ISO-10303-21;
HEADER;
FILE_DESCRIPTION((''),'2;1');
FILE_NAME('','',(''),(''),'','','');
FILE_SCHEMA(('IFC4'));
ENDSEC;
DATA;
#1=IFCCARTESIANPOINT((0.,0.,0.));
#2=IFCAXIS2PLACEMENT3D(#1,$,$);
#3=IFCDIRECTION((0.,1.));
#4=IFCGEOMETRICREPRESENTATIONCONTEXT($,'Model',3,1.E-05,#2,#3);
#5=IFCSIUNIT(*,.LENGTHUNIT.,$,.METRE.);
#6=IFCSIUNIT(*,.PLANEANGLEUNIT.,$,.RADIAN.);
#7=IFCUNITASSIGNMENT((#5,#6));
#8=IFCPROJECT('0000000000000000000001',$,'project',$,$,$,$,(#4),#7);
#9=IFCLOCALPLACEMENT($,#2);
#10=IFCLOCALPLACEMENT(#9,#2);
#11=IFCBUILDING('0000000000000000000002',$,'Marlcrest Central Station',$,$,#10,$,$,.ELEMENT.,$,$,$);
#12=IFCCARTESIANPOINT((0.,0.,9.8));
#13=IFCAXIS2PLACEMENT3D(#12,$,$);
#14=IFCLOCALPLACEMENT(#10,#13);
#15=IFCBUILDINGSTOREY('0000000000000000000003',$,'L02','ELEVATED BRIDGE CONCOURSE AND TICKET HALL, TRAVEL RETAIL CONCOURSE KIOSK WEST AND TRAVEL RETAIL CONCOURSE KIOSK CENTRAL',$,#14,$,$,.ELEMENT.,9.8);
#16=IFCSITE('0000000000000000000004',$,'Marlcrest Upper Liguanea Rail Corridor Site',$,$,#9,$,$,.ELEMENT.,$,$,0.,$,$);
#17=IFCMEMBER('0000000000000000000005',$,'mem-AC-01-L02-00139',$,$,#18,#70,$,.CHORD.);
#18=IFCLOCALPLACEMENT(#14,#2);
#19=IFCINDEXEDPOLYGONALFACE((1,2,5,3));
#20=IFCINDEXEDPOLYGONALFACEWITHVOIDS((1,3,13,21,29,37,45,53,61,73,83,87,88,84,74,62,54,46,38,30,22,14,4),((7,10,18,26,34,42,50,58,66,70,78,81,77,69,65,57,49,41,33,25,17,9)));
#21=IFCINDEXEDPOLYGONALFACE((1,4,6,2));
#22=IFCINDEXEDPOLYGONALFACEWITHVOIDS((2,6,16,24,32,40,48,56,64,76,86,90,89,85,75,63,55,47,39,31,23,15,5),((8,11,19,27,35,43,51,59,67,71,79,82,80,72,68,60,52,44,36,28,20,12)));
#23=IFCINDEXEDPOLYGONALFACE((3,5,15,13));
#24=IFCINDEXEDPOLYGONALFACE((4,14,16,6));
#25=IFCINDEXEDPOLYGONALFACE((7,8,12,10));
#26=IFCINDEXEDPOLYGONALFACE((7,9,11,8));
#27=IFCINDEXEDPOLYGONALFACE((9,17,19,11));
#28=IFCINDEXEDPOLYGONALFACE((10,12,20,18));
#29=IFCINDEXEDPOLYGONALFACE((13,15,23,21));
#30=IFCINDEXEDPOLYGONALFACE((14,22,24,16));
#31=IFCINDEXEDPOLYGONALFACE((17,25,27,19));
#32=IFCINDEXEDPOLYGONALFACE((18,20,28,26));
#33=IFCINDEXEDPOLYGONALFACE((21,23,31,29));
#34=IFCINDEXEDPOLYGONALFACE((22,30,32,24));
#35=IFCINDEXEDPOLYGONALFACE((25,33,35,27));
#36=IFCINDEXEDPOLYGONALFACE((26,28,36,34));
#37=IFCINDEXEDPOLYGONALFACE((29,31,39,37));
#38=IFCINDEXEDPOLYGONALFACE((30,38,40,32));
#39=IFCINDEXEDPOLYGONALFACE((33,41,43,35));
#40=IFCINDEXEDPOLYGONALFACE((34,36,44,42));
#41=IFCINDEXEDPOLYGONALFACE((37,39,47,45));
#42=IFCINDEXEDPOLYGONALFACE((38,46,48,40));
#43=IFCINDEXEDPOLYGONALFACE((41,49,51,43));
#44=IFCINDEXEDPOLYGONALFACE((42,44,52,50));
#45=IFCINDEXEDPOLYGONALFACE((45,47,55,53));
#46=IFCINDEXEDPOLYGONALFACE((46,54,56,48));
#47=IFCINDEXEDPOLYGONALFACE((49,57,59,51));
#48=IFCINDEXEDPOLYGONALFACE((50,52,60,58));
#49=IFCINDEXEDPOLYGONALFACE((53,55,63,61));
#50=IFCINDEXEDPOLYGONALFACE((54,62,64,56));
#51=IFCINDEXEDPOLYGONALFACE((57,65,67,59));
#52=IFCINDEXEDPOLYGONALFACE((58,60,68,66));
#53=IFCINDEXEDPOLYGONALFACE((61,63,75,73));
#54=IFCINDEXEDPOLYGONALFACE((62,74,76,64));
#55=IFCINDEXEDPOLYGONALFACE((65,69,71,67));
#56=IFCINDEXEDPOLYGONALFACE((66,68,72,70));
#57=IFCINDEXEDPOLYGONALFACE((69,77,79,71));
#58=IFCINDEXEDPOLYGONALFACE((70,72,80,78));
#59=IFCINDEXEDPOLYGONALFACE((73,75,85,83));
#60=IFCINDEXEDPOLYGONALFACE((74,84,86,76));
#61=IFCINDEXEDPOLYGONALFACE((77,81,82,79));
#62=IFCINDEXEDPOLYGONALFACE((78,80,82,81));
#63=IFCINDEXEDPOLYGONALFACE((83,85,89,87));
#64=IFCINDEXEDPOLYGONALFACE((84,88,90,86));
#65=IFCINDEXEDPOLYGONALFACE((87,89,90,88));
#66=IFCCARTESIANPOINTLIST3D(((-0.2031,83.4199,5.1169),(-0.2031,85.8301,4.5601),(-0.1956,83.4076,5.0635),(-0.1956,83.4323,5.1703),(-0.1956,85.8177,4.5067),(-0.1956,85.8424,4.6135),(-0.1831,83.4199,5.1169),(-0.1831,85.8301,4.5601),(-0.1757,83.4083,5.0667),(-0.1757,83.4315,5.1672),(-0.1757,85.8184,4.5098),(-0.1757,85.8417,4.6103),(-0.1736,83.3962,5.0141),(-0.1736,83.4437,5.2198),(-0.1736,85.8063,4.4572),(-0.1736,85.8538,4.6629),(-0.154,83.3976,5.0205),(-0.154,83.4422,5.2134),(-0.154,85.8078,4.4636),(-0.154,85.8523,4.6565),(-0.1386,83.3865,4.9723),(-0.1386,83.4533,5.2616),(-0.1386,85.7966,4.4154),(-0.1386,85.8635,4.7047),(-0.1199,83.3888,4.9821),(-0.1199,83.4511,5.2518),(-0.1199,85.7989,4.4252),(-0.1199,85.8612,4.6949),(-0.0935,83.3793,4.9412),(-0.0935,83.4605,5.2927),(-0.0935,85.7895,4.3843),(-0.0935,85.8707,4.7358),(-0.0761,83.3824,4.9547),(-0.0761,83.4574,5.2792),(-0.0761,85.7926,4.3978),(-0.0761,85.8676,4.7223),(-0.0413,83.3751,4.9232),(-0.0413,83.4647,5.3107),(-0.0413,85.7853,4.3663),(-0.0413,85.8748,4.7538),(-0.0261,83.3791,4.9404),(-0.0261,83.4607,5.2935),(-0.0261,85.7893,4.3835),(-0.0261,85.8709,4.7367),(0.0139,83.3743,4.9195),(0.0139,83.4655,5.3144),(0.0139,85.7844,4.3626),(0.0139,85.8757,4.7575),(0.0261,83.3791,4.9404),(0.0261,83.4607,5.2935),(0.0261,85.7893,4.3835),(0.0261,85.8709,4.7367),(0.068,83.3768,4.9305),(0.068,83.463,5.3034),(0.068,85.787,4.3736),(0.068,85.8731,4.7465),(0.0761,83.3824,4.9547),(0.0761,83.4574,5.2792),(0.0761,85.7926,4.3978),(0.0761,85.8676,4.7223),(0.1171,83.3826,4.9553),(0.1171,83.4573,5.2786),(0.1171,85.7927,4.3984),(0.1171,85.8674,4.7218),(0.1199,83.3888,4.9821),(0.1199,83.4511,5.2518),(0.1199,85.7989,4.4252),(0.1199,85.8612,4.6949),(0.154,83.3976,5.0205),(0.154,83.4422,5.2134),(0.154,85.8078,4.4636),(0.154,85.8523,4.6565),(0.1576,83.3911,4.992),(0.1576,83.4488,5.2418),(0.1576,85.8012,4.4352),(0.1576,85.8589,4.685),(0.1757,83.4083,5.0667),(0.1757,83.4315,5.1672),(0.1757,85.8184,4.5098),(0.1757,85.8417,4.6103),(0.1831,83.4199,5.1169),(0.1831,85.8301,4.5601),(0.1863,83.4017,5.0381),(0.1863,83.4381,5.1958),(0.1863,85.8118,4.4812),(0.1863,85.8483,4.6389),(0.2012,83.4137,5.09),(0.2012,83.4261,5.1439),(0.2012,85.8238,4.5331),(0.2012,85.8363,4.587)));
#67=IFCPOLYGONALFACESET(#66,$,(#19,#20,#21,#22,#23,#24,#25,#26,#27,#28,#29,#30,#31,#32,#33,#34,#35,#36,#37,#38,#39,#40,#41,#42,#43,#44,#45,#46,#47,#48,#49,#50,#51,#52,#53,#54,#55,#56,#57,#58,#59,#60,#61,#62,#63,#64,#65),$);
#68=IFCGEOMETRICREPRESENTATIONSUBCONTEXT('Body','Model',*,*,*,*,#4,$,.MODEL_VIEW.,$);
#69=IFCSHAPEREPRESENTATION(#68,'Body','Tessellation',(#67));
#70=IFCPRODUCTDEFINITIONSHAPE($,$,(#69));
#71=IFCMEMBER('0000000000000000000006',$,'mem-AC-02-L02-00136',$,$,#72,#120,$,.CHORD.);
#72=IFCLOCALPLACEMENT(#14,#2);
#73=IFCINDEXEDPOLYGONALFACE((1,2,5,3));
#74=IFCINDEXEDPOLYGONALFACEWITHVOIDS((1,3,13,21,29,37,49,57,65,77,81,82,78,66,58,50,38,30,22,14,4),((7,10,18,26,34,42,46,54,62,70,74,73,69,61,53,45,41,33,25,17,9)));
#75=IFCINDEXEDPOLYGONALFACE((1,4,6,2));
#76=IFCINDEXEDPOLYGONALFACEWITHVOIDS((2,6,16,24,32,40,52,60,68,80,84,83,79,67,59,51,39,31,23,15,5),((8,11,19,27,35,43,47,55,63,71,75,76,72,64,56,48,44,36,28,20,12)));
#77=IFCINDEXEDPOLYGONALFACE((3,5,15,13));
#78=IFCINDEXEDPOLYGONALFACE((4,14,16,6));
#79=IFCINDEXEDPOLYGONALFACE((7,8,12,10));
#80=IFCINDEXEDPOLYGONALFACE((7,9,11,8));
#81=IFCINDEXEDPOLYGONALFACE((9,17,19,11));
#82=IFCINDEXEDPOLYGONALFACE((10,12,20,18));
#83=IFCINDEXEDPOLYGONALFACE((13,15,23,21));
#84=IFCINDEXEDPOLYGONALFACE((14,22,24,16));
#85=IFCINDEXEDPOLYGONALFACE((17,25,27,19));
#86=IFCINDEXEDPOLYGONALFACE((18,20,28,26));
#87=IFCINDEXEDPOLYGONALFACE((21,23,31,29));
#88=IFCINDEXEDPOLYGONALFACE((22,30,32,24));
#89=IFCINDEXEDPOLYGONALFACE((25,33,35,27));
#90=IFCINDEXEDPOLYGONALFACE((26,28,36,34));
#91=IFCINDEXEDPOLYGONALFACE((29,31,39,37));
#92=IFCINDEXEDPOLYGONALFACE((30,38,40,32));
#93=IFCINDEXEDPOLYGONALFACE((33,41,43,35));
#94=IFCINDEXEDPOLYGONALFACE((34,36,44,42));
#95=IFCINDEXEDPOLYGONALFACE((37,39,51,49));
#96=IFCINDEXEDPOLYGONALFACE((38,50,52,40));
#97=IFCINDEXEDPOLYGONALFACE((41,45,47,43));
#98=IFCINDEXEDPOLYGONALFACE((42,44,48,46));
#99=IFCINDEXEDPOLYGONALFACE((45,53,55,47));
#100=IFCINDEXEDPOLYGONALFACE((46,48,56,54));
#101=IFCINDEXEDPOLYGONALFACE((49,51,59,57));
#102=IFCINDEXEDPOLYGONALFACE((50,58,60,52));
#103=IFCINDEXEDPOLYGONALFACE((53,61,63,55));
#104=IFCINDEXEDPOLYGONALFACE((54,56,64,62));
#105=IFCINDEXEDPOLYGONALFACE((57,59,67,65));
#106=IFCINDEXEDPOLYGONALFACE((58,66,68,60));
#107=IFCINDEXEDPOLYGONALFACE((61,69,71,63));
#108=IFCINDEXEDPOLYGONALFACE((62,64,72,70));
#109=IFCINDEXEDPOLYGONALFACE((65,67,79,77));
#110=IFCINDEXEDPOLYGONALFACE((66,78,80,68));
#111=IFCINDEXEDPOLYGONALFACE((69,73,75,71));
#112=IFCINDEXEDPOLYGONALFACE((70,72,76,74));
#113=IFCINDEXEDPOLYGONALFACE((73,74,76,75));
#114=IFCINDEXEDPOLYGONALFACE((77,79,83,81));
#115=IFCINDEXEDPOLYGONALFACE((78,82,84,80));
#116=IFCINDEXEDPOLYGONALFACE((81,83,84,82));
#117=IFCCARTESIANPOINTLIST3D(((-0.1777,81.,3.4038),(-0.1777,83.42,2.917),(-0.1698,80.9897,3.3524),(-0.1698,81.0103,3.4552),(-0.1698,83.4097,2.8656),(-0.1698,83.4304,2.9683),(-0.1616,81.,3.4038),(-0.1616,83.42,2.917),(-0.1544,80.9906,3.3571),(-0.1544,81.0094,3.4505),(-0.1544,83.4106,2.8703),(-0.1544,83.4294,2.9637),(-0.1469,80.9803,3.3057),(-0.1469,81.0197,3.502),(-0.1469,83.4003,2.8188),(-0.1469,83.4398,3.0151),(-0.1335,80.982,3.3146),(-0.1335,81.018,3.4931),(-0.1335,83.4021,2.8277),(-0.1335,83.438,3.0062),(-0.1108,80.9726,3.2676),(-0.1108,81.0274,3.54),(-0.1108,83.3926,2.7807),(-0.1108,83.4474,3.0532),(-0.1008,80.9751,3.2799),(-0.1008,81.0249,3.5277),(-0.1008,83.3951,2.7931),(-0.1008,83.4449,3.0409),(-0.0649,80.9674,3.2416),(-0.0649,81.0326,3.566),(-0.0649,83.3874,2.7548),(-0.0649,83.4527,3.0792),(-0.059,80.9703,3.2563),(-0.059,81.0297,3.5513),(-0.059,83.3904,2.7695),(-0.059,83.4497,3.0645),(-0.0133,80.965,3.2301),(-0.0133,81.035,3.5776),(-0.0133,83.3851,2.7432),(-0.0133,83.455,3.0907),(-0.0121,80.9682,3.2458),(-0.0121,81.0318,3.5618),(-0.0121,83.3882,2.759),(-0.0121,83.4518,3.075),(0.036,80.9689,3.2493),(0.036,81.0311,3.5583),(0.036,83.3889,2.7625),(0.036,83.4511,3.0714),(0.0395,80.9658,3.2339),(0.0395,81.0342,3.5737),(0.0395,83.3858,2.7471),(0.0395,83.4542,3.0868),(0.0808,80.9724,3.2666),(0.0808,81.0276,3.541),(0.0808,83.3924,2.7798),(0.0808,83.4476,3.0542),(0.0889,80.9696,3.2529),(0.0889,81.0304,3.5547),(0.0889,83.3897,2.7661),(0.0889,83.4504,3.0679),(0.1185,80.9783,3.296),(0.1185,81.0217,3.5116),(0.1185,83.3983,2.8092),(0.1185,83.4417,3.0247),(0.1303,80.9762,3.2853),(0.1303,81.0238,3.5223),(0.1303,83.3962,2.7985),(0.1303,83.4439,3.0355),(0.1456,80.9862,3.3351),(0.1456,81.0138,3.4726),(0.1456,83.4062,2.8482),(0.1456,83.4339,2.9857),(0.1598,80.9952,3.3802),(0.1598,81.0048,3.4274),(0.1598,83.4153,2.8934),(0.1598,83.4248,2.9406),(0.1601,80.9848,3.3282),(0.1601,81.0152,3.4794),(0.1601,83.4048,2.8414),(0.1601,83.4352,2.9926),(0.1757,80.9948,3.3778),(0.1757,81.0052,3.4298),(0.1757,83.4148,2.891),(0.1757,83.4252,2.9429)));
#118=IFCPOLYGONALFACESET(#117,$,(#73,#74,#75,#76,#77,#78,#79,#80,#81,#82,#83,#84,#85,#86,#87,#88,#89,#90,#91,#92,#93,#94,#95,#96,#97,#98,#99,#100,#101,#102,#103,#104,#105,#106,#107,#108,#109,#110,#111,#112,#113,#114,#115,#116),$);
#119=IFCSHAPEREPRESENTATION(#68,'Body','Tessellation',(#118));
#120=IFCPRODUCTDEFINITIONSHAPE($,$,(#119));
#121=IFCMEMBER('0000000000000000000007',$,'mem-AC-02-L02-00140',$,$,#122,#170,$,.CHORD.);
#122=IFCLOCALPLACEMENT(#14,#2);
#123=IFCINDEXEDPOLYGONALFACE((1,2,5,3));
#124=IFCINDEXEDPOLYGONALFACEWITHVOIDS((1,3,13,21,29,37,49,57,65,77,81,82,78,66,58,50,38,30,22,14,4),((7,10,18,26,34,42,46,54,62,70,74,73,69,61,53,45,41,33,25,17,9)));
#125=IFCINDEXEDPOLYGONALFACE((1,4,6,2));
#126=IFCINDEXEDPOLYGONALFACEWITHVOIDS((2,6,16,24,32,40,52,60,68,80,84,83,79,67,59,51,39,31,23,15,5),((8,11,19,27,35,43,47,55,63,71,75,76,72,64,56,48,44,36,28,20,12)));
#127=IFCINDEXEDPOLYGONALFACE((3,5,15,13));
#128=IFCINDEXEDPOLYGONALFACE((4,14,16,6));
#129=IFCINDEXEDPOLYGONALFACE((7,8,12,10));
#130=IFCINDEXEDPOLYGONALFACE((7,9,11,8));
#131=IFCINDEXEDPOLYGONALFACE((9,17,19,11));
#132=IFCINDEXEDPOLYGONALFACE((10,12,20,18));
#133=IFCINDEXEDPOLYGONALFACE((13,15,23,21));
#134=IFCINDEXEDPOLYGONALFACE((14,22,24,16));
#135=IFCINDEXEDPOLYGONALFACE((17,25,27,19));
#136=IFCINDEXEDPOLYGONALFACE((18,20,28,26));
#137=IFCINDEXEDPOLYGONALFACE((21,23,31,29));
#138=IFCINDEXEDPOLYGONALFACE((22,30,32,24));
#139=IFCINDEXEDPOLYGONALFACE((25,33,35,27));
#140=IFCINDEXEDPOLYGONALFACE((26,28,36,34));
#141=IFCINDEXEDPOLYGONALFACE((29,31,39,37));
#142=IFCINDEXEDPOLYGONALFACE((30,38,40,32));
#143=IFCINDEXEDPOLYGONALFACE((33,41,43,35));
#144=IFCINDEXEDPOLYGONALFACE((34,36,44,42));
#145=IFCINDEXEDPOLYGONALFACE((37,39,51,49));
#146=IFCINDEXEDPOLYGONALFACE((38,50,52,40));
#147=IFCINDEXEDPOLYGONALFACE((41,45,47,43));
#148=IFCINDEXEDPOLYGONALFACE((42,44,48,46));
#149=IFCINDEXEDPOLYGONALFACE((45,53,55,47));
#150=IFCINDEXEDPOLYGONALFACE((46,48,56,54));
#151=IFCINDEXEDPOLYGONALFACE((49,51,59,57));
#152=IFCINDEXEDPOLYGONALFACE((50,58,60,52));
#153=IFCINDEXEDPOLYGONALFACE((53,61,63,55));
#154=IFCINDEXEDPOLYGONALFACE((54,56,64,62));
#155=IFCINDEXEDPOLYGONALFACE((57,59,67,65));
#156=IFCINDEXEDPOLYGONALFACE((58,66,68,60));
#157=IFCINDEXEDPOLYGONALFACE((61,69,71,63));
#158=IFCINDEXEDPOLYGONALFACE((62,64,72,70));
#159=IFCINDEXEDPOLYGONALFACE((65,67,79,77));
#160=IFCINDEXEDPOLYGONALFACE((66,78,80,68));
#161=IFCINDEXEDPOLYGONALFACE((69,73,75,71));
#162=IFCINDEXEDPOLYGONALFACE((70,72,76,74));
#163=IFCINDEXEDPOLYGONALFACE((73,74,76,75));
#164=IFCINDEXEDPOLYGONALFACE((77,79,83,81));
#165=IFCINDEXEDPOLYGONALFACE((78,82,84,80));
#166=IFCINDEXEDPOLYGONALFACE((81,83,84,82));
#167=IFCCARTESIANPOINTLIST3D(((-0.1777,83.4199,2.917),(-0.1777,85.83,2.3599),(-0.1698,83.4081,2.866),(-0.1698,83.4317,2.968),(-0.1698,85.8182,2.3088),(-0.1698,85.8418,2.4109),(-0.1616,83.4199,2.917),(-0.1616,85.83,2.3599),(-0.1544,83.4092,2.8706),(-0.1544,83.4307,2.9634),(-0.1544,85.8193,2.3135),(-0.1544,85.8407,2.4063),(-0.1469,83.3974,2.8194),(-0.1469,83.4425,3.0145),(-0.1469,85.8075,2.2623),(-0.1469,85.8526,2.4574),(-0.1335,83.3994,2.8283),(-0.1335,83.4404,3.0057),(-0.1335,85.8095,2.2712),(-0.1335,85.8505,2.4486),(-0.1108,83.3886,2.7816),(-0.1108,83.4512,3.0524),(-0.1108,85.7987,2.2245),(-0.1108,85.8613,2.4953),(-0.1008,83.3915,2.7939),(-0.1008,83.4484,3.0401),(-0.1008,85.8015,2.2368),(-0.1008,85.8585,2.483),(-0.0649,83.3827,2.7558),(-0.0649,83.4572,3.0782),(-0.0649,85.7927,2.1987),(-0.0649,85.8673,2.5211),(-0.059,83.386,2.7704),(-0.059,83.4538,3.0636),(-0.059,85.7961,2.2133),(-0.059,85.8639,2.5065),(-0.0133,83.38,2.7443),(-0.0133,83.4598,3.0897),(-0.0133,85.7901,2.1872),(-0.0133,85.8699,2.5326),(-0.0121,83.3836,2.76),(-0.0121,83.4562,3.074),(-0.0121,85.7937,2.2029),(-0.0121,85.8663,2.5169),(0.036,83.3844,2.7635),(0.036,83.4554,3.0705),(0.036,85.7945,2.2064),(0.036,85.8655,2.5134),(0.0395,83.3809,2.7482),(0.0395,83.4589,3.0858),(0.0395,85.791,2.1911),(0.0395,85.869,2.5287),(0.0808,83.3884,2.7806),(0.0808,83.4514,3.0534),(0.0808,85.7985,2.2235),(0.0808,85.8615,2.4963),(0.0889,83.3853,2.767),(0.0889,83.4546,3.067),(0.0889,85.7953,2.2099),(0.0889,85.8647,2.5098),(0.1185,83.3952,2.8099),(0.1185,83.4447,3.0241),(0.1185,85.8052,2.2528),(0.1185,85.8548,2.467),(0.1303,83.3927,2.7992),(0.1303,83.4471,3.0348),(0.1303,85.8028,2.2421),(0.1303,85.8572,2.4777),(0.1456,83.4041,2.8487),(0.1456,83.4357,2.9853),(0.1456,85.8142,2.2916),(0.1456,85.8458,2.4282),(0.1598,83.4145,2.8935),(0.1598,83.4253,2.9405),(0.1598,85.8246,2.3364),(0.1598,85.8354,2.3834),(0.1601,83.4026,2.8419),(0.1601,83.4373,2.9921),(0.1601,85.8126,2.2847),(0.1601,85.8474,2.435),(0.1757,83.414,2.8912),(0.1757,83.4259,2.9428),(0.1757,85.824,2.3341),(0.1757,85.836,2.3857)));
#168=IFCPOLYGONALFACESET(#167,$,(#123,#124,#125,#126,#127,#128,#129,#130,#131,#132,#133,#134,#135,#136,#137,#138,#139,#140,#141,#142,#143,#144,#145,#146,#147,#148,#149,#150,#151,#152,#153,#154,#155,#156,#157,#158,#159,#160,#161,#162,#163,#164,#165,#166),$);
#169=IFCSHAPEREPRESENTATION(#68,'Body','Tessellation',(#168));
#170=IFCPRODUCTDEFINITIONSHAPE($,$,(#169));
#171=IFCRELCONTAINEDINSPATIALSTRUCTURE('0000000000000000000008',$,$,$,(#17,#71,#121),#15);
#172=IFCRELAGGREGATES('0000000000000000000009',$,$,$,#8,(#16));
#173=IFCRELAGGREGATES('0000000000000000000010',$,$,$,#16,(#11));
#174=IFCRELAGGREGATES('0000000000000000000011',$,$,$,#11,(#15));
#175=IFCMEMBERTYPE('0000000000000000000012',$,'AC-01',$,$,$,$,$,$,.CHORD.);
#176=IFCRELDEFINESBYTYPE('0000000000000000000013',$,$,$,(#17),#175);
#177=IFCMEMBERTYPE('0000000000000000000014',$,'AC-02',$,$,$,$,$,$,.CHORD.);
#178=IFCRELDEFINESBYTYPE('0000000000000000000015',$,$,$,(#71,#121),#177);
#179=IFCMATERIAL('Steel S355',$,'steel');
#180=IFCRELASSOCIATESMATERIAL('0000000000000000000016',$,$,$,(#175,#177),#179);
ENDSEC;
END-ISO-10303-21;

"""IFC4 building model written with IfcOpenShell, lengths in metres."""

from ifc_helpers import new_model, si_unit, direction, frame, origin, origin_2d, place, context, subcontext, project, spatial, hollow_circle, extrude, material, material_profile, profile_set, type_object, element, save


model = new_model("IFC4")

# Units and contexts
model_context = context("Model", 3, precision=1e-05, world=origin(), true_north=direction((0.0, 1.0)))
body_context = subcontext(model_context, "Body", "Model", "MODEL_VIEW")
ifc_project = project(units=[si_unit("LENGTHUNIT", "METRE"), si_unit("PLANEANGLEUNIT", "RADIAN")], contexts=[model_context])

# Site, building, storey
site_placement = place(None, origin())
site = spatial("IfcSite", under=ifc_project, at=site_placement, Name="Marlcrest Upper Liguanea Rail Corridor Site", CompositionType="ELEMENT", RefElevation=0.0)
building_placement = place(site_placement, origin())
building = spatial("IfcBuilding", under=site, at=building_placement, Name="Marlcrest Central Station", CompositionType="ELEMENT")
storey_placement = place(building_placement, frame((0.0, 0.0, 9.8)))
storey = spatial("IfcBuildingStorey", under=building, at=storey_placement, Name="L02", Description="ELEVATED BRIDGE CONCOURSE AND TICKET HALL, TRAVEL RETAIL CONCOURSE KIOSK WEST AND TRAVEL RETAIL CONCOURSE KIOSK CENTRAL", CompositionType="ELEMENT", Elevation=9.8)

# Members
ifc_material_1 = material(Name="Steel S355", Category="steel")
ifc_material_profile_1 = material_profile(ifc_material_1, hollow_circle(Radius=0.2031, WallThickness=0.02, at=origin_2d()), Name="CHS 406.4x20")
ifc_profile_set_1 = profile_set([ifc_material_profile_1], Name="Steel S355")
member_type_1 = type_object("IfcMemberType", Name="AC-01", PredefinedType="CHORD", material=ifc_profile_set_1)
member_1_placement = place(storey_placement, frame((0.0, 83.4199, 5.1169), z_axis=(0.0, 0.97433, -0.225126), x_axis=(-1.0, 0.0, 0.0)))
element("IfcMember", 1, at=member_1_placement, inside=storey, type_object=member_type_1, Name="mem-AC-01-L02-00139", PredefinedType="CHORD", context=body_context, shape_type="SweptSolid", body=[
    extrude(hollow_circle(Radius=0.2031, WallThickness=0.02, at=origin_2d()), origin(), (0.0, 0.0, 1.0), 2.4736),
])
ifc_material_profile_2 = material_profile(ifc_material_1, hollow_circle(Radius=0.1777, WallThickness=0.0161, at=origin_2d()), Name="CHS 355.6x16")
ifc_profile_set_2 = profile_set([ifc_material_profile_2], Name="Steel S355")
member_type_2 = type_object("IfcMemberType", Name="AC-02", PredefinedType="CHORD", material=ifc_profile_set_2)
member_2_placement = place(storey_placement, frame((0.0, 81.0, 3.4038), z_axis=(0.0, 0.980359, -0.197219), x_axis=(-1.0, 0.0, 0.0)))
element("IfcMember", 2, at=member_2_placement, inside=storey, type_object=member_type_2, Name="mem-AC-02-L02-00136", PredefinedType="CHORD", context=body_context, shape_type="SweptSolid", body=[
    extrude(hollow_circle(Radius=0.1777, WallThickness=0.0161, at=origin_2d()), origin(), (0.0, 0.0, 1.0), 2.4685),
])
member_3_placement = place(storey_placement, frame((0.0, 83.4199, 2.917), z_axis=(0.0, 0.974308, -0.22522), x_axis=(-1.0, 0.0, 0.0)))
element("IfcMember", 3, at=member_3_placement, inside=storey, type_object=member_type_2, Name="mem-AC-02-L02-00140", PredefinedType="CHORD", context=body_context, shape_type="SweptSolid", body=[
    extrude(hollow_circle(Radius=0.1777, WallThickness=0.0161, at=origin_2d()), origin(), (0.0, 0.0, 1.0), 2.4736),
])

save(model, "model.ifc")
